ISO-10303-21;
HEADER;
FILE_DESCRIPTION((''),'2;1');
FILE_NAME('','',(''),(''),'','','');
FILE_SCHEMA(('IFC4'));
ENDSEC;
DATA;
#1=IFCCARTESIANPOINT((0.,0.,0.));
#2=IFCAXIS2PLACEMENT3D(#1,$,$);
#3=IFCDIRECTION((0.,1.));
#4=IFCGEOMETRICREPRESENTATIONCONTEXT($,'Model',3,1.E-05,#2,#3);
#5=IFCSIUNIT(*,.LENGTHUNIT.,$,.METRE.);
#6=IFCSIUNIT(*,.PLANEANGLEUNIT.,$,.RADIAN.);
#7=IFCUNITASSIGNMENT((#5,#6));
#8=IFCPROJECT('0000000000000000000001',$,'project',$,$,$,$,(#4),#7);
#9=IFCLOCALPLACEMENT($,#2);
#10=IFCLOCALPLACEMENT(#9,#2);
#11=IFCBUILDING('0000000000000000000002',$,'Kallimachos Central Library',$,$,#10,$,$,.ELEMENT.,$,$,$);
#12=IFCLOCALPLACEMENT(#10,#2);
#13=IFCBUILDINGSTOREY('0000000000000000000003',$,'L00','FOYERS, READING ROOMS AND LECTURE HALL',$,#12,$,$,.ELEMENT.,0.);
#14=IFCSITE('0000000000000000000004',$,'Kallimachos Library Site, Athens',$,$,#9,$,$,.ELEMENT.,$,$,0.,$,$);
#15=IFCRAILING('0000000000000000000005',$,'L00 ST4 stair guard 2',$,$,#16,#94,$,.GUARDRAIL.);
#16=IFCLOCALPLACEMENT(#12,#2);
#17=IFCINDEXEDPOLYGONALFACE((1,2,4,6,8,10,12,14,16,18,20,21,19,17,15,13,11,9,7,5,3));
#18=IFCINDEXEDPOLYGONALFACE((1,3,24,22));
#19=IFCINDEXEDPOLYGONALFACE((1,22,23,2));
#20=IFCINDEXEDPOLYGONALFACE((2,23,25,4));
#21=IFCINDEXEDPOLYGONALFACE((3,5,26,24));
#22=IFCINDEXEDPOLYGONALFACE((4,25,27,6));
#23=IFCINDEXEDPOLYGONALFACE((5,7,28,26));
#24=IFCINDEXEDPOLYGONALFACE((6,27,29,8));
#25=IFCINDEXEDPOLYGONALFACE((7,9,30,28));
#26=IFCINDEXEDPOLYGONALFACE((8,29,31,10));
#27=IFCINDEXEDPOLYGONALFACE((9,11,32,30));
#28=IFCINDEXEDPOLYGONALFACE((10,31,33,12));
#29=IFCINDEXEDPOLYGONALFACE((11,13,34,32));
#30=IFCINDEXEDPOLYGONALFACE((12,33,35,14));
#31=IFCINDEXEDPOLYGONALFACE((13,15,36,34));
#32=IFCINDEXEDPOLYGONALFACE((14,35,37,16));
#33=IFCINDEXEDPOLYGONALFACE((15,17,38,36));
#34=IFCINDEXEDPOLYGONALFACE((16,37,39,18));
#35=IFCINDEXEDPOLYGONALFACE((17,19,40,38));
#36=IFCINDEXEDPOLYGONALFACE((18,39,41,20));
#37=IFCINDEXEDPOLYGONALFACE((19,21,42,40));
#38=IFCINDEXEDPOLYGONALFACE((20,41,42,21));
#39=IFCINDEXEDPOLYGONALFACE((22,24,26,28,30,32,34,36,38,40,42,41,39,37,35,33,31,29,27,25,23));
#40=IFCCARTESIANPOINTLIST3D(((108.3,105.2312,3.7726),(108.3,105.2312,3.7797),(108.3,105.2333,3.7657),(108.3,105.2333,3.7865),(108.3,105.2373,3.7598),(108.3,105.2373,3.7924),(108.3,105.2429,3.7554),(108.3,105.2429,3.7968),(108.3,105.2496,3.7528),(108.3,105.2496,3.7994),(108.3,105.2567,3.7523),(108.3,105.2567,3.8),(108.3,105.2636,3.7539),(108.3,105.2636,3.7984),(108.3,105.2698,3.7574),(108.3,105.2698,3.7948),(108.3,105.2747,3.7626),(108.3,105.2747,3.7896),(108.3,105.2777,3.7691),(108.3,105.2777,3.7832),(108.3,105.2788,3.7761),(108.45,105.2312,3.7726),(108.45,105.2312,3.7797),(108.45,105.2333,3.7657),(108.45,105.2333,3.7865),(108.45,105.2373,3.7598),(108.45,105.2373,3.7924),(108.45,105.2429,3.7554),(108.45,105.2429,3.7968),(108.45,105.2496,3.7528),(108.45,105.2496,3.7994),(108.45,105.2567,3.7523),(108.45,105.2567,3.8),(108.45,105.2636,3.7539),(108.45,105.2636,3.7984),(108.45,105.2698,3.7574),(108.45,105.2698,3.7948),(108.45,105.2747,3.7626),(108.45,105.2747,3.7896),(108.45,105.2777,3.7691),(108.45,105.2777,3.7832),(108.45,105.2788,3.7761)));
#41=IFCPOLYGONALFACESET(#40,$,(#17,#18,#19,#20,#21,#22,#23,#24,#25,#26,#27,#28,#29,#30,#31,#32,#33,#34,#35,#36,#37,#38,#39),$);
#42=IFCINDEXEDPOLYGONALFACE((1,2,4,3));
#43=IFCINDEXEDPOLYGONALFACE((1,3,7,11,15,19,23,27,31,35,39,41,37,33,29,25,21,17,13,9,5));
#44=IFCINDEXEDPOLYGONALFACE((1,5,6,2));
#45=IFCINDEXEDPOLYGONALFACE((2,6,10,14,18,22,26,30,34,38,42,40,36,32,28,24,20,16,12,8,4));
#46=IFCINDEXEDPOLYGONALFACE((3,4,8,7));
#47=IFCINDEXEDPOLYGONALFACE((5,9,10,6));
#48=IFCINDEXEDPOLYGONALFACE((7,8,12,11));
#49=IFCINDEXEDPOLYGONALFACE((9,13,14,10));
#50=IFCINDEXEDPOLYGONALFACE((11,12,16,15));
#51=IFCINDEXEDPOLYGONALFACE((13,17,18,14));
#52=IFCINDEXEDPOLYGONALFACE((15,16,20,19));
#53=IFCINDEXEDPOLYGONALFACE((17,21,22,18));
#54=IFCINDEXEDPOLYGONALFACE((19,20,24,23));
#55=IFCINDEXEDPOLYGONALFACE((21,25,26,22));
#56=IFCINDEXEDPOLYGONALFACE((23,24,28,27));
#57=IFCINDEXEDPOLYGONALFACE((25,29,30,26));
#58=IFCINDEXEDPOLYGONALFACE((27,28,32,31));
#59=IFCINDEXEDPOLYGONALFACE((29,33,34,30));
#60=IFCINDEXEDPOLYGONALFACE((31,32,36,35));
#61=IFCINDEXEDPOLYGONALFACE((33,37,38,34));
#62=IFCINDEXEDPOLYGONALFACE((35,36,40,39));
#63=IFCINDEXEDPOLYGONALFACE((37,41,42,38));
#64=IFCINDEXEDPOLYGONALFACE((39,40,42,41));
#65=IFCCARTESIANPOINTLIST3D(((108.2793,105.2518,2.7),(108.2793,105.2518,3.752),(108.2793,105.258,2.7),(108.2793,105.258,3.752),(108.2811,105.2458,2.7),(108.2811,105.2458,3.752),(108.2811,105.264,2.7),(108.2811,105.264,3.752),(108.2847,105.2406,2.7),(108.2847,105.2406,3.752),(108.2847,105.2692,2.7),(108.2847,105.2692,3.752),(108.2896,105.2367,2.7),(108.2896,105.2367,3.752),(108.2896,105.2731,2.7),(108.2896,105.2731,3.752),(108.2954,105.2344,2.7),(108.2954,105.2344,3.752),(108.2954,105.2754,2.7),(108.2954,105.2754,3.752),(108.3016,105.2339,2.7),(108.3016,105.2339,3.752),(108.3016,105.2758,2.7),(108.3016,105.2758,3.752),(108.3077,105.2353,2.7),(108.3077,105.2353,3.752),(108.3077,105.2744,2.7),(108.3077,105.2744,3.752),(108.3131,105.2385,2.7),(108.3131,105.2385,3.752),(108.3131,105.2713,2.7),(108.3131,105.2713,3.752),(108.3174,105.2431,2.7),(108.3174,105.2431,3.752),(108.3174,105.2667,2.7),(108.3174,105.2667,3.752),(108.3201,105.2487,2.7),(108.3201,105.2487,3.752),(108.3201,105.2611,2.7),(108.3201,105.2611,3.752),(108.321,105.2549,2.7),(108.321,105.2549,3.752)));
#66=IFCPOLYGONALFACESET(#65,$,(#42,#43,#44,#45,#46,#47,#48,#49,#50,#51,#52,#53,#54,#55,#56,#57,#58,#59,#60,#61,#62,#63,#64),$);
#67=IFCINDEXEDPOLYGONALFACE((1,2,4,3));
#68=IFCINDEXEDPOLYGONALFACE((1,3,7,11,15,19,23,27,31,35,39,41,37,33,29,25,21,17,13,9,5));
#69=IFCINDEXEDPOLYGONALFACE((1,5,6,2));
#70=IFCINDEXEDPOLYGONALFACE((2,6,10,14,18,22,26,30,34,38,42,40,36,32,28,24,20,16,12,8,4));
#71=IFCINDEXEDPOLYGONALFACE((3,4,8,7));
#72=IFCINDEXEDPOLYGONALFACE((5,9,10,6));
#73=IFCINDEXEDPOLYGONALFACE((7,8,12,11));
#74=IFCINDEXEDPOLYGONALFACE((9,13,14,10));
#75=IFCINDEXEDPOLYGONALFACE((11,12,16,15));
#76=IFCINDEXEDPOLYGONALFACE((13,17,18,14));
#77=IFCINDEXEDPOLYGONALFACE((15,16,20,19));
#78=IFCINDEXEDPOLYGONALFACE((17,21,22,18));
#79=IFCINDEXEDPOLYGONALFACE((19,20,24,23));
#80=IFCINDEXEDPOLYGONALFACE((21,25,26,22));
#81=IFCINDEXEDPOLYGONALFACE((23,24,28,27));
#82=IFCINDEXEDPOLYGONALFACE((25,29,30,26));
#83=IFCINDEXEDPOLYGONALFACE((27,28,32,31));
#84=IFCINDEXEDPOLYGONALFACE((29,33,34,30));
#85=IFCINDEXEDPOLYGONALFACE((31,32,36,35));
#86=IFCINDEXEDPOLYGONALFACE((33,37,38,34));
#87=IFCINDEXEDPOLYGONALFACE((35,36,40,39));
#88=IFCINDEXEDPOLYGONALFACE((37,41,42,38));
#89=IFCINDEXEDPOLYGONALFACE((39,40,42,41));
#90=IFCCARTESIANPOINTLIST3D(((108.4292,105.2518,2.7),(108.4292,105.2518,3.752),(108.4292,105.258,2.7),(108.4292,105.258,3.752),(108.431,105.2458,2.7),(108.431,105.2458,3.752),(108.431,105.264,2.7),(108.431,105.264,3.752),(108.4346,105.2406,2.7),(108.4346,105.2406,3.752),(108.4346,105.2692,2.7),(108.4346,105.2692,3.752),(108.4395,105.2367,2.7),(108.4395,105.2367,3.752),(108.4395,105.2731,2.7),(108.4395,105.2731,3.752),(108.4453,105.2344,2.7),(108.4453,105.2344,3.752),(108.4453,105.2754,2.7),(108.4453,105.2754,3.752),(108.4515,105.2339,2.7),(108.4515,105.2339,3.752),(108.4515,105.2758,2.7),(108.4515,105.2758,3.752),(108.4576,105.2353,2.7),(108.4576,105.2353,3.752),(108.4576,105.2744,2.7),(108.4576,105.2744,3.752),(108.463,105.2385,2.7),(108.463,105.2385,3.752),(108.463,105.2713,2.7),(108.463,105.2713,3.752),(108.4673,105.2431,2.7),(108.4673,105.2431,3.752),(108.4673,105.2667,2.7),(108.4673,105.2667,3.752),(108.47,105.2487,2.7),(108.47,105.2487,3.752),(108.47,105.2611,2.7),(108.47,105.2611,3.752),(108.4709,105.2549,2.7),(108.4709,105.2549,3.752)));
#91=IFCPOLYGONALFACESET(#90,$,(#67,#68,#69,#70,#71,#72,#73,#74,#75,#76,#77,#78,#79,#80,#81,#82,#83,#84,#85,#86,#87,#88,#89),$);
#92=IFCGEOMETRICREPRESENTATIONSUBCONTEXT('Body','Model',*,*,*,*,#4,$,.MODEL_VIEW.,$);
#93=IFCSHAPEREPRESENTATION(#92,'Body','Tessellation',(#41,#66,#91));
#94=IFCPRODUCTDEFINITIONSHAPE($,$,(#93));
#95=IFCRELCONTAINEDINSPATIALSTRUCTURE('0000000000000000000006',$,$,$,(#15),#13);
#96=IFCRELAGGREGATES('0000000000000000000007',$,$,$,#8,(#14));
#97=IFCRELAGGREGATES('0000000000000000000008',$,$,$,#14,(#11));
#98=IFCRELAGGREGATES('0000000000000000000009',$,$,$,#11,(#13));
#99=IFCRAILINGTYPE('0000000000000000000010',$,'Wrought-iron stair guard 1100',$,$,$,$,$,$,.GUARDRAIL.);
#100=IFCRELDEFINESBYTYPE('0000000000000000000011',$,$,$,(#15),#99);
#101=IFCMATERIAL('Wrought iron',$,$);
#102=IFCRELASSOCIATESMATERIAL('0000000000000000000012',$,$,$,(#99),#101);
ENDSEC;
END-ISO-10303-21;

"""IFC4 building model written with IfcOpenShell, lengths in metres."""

from ifc_helpers import new_model, si_unit, direction, frame, origin, origin_2d, place, context, subcontext, project, spatial, circle, extrude, material, type_object, element, save


model = new_model("IFC4")

# Units and contexts
model_context = context("Model", 3, precision=1e-05, world=origin(), true_north=direction((0.0, 1.0)))
body_context = subcontext(model_context, "Body", "Model", "MODEL_VIEW")
ifc_project = project(units=[si_unit("LENGTHUNIT", "METRE"), si_unit("PLANEANGLEUNIT", "RADIAN")], contexts=[model_context])

# Site, building, storey
site_placement = place(None, origin())
site = spatial("IfcSite", under=ifc_project, at=site_placement, Name="Kallimachos Library Site, Athens", CompositionType="ELEMENT", RefElevation=0.0)
building_placement = place(site_placement, origin())
building = spatial("IfcBuilding", under=site, at=building_placement, Name="Kallimachos Central Library", CompositionType="ELEMENT")
storey_placement = place(building_placement, origin())
storey = spatial("IfcBuildingStorey", under=building, at=storey_placement, Name="L00", Description="FOYERS, READING ROOMS AND LECTURE HALL", CompositionType="ELEMENT", Elevation=0.0)

# Railing
ifc_material_1 = material(Name="Wrought iron")
railing_type_1 = type_object("IfcRailingType", Name="Wrought-iron stair guard 1100", PredefinedType="GUARDRAIL", material=ifc_material_1)
railing_1_placement = place(storey_placement, frame((108.3, 105.2549, 2.7)))
element("IfcRailing", 1, at=railing_1_placement, inside=storey, type_object=railing_type_1, Name="L00 ST4 stair guard 2", PredefinedType="GUARDRAIL", context=body_context, shape_type="SweptSolid", body=[
    extrude(circle(Radius=0.0239, at=origin_2d()), frame((0.0, 0.0, 1.0762), z_axis=(1.0, 0.0, 0.0), x_axis=(0.0, 1.0, 0.0)), (0.0, 0.0, 1.0), 0.1499),
    extrude(circle(Radius=0.021, at=origin_2d()), origin(), (0.0, 0.0, 1.0), 1.052),
    extrude(circle(Radius=0.021, at=origin_2d()), frame((0.1499, 0.0, 0.0)), (0.0, 0.0, 1.0), 1.052),
])

save(model, "model.ifc")
